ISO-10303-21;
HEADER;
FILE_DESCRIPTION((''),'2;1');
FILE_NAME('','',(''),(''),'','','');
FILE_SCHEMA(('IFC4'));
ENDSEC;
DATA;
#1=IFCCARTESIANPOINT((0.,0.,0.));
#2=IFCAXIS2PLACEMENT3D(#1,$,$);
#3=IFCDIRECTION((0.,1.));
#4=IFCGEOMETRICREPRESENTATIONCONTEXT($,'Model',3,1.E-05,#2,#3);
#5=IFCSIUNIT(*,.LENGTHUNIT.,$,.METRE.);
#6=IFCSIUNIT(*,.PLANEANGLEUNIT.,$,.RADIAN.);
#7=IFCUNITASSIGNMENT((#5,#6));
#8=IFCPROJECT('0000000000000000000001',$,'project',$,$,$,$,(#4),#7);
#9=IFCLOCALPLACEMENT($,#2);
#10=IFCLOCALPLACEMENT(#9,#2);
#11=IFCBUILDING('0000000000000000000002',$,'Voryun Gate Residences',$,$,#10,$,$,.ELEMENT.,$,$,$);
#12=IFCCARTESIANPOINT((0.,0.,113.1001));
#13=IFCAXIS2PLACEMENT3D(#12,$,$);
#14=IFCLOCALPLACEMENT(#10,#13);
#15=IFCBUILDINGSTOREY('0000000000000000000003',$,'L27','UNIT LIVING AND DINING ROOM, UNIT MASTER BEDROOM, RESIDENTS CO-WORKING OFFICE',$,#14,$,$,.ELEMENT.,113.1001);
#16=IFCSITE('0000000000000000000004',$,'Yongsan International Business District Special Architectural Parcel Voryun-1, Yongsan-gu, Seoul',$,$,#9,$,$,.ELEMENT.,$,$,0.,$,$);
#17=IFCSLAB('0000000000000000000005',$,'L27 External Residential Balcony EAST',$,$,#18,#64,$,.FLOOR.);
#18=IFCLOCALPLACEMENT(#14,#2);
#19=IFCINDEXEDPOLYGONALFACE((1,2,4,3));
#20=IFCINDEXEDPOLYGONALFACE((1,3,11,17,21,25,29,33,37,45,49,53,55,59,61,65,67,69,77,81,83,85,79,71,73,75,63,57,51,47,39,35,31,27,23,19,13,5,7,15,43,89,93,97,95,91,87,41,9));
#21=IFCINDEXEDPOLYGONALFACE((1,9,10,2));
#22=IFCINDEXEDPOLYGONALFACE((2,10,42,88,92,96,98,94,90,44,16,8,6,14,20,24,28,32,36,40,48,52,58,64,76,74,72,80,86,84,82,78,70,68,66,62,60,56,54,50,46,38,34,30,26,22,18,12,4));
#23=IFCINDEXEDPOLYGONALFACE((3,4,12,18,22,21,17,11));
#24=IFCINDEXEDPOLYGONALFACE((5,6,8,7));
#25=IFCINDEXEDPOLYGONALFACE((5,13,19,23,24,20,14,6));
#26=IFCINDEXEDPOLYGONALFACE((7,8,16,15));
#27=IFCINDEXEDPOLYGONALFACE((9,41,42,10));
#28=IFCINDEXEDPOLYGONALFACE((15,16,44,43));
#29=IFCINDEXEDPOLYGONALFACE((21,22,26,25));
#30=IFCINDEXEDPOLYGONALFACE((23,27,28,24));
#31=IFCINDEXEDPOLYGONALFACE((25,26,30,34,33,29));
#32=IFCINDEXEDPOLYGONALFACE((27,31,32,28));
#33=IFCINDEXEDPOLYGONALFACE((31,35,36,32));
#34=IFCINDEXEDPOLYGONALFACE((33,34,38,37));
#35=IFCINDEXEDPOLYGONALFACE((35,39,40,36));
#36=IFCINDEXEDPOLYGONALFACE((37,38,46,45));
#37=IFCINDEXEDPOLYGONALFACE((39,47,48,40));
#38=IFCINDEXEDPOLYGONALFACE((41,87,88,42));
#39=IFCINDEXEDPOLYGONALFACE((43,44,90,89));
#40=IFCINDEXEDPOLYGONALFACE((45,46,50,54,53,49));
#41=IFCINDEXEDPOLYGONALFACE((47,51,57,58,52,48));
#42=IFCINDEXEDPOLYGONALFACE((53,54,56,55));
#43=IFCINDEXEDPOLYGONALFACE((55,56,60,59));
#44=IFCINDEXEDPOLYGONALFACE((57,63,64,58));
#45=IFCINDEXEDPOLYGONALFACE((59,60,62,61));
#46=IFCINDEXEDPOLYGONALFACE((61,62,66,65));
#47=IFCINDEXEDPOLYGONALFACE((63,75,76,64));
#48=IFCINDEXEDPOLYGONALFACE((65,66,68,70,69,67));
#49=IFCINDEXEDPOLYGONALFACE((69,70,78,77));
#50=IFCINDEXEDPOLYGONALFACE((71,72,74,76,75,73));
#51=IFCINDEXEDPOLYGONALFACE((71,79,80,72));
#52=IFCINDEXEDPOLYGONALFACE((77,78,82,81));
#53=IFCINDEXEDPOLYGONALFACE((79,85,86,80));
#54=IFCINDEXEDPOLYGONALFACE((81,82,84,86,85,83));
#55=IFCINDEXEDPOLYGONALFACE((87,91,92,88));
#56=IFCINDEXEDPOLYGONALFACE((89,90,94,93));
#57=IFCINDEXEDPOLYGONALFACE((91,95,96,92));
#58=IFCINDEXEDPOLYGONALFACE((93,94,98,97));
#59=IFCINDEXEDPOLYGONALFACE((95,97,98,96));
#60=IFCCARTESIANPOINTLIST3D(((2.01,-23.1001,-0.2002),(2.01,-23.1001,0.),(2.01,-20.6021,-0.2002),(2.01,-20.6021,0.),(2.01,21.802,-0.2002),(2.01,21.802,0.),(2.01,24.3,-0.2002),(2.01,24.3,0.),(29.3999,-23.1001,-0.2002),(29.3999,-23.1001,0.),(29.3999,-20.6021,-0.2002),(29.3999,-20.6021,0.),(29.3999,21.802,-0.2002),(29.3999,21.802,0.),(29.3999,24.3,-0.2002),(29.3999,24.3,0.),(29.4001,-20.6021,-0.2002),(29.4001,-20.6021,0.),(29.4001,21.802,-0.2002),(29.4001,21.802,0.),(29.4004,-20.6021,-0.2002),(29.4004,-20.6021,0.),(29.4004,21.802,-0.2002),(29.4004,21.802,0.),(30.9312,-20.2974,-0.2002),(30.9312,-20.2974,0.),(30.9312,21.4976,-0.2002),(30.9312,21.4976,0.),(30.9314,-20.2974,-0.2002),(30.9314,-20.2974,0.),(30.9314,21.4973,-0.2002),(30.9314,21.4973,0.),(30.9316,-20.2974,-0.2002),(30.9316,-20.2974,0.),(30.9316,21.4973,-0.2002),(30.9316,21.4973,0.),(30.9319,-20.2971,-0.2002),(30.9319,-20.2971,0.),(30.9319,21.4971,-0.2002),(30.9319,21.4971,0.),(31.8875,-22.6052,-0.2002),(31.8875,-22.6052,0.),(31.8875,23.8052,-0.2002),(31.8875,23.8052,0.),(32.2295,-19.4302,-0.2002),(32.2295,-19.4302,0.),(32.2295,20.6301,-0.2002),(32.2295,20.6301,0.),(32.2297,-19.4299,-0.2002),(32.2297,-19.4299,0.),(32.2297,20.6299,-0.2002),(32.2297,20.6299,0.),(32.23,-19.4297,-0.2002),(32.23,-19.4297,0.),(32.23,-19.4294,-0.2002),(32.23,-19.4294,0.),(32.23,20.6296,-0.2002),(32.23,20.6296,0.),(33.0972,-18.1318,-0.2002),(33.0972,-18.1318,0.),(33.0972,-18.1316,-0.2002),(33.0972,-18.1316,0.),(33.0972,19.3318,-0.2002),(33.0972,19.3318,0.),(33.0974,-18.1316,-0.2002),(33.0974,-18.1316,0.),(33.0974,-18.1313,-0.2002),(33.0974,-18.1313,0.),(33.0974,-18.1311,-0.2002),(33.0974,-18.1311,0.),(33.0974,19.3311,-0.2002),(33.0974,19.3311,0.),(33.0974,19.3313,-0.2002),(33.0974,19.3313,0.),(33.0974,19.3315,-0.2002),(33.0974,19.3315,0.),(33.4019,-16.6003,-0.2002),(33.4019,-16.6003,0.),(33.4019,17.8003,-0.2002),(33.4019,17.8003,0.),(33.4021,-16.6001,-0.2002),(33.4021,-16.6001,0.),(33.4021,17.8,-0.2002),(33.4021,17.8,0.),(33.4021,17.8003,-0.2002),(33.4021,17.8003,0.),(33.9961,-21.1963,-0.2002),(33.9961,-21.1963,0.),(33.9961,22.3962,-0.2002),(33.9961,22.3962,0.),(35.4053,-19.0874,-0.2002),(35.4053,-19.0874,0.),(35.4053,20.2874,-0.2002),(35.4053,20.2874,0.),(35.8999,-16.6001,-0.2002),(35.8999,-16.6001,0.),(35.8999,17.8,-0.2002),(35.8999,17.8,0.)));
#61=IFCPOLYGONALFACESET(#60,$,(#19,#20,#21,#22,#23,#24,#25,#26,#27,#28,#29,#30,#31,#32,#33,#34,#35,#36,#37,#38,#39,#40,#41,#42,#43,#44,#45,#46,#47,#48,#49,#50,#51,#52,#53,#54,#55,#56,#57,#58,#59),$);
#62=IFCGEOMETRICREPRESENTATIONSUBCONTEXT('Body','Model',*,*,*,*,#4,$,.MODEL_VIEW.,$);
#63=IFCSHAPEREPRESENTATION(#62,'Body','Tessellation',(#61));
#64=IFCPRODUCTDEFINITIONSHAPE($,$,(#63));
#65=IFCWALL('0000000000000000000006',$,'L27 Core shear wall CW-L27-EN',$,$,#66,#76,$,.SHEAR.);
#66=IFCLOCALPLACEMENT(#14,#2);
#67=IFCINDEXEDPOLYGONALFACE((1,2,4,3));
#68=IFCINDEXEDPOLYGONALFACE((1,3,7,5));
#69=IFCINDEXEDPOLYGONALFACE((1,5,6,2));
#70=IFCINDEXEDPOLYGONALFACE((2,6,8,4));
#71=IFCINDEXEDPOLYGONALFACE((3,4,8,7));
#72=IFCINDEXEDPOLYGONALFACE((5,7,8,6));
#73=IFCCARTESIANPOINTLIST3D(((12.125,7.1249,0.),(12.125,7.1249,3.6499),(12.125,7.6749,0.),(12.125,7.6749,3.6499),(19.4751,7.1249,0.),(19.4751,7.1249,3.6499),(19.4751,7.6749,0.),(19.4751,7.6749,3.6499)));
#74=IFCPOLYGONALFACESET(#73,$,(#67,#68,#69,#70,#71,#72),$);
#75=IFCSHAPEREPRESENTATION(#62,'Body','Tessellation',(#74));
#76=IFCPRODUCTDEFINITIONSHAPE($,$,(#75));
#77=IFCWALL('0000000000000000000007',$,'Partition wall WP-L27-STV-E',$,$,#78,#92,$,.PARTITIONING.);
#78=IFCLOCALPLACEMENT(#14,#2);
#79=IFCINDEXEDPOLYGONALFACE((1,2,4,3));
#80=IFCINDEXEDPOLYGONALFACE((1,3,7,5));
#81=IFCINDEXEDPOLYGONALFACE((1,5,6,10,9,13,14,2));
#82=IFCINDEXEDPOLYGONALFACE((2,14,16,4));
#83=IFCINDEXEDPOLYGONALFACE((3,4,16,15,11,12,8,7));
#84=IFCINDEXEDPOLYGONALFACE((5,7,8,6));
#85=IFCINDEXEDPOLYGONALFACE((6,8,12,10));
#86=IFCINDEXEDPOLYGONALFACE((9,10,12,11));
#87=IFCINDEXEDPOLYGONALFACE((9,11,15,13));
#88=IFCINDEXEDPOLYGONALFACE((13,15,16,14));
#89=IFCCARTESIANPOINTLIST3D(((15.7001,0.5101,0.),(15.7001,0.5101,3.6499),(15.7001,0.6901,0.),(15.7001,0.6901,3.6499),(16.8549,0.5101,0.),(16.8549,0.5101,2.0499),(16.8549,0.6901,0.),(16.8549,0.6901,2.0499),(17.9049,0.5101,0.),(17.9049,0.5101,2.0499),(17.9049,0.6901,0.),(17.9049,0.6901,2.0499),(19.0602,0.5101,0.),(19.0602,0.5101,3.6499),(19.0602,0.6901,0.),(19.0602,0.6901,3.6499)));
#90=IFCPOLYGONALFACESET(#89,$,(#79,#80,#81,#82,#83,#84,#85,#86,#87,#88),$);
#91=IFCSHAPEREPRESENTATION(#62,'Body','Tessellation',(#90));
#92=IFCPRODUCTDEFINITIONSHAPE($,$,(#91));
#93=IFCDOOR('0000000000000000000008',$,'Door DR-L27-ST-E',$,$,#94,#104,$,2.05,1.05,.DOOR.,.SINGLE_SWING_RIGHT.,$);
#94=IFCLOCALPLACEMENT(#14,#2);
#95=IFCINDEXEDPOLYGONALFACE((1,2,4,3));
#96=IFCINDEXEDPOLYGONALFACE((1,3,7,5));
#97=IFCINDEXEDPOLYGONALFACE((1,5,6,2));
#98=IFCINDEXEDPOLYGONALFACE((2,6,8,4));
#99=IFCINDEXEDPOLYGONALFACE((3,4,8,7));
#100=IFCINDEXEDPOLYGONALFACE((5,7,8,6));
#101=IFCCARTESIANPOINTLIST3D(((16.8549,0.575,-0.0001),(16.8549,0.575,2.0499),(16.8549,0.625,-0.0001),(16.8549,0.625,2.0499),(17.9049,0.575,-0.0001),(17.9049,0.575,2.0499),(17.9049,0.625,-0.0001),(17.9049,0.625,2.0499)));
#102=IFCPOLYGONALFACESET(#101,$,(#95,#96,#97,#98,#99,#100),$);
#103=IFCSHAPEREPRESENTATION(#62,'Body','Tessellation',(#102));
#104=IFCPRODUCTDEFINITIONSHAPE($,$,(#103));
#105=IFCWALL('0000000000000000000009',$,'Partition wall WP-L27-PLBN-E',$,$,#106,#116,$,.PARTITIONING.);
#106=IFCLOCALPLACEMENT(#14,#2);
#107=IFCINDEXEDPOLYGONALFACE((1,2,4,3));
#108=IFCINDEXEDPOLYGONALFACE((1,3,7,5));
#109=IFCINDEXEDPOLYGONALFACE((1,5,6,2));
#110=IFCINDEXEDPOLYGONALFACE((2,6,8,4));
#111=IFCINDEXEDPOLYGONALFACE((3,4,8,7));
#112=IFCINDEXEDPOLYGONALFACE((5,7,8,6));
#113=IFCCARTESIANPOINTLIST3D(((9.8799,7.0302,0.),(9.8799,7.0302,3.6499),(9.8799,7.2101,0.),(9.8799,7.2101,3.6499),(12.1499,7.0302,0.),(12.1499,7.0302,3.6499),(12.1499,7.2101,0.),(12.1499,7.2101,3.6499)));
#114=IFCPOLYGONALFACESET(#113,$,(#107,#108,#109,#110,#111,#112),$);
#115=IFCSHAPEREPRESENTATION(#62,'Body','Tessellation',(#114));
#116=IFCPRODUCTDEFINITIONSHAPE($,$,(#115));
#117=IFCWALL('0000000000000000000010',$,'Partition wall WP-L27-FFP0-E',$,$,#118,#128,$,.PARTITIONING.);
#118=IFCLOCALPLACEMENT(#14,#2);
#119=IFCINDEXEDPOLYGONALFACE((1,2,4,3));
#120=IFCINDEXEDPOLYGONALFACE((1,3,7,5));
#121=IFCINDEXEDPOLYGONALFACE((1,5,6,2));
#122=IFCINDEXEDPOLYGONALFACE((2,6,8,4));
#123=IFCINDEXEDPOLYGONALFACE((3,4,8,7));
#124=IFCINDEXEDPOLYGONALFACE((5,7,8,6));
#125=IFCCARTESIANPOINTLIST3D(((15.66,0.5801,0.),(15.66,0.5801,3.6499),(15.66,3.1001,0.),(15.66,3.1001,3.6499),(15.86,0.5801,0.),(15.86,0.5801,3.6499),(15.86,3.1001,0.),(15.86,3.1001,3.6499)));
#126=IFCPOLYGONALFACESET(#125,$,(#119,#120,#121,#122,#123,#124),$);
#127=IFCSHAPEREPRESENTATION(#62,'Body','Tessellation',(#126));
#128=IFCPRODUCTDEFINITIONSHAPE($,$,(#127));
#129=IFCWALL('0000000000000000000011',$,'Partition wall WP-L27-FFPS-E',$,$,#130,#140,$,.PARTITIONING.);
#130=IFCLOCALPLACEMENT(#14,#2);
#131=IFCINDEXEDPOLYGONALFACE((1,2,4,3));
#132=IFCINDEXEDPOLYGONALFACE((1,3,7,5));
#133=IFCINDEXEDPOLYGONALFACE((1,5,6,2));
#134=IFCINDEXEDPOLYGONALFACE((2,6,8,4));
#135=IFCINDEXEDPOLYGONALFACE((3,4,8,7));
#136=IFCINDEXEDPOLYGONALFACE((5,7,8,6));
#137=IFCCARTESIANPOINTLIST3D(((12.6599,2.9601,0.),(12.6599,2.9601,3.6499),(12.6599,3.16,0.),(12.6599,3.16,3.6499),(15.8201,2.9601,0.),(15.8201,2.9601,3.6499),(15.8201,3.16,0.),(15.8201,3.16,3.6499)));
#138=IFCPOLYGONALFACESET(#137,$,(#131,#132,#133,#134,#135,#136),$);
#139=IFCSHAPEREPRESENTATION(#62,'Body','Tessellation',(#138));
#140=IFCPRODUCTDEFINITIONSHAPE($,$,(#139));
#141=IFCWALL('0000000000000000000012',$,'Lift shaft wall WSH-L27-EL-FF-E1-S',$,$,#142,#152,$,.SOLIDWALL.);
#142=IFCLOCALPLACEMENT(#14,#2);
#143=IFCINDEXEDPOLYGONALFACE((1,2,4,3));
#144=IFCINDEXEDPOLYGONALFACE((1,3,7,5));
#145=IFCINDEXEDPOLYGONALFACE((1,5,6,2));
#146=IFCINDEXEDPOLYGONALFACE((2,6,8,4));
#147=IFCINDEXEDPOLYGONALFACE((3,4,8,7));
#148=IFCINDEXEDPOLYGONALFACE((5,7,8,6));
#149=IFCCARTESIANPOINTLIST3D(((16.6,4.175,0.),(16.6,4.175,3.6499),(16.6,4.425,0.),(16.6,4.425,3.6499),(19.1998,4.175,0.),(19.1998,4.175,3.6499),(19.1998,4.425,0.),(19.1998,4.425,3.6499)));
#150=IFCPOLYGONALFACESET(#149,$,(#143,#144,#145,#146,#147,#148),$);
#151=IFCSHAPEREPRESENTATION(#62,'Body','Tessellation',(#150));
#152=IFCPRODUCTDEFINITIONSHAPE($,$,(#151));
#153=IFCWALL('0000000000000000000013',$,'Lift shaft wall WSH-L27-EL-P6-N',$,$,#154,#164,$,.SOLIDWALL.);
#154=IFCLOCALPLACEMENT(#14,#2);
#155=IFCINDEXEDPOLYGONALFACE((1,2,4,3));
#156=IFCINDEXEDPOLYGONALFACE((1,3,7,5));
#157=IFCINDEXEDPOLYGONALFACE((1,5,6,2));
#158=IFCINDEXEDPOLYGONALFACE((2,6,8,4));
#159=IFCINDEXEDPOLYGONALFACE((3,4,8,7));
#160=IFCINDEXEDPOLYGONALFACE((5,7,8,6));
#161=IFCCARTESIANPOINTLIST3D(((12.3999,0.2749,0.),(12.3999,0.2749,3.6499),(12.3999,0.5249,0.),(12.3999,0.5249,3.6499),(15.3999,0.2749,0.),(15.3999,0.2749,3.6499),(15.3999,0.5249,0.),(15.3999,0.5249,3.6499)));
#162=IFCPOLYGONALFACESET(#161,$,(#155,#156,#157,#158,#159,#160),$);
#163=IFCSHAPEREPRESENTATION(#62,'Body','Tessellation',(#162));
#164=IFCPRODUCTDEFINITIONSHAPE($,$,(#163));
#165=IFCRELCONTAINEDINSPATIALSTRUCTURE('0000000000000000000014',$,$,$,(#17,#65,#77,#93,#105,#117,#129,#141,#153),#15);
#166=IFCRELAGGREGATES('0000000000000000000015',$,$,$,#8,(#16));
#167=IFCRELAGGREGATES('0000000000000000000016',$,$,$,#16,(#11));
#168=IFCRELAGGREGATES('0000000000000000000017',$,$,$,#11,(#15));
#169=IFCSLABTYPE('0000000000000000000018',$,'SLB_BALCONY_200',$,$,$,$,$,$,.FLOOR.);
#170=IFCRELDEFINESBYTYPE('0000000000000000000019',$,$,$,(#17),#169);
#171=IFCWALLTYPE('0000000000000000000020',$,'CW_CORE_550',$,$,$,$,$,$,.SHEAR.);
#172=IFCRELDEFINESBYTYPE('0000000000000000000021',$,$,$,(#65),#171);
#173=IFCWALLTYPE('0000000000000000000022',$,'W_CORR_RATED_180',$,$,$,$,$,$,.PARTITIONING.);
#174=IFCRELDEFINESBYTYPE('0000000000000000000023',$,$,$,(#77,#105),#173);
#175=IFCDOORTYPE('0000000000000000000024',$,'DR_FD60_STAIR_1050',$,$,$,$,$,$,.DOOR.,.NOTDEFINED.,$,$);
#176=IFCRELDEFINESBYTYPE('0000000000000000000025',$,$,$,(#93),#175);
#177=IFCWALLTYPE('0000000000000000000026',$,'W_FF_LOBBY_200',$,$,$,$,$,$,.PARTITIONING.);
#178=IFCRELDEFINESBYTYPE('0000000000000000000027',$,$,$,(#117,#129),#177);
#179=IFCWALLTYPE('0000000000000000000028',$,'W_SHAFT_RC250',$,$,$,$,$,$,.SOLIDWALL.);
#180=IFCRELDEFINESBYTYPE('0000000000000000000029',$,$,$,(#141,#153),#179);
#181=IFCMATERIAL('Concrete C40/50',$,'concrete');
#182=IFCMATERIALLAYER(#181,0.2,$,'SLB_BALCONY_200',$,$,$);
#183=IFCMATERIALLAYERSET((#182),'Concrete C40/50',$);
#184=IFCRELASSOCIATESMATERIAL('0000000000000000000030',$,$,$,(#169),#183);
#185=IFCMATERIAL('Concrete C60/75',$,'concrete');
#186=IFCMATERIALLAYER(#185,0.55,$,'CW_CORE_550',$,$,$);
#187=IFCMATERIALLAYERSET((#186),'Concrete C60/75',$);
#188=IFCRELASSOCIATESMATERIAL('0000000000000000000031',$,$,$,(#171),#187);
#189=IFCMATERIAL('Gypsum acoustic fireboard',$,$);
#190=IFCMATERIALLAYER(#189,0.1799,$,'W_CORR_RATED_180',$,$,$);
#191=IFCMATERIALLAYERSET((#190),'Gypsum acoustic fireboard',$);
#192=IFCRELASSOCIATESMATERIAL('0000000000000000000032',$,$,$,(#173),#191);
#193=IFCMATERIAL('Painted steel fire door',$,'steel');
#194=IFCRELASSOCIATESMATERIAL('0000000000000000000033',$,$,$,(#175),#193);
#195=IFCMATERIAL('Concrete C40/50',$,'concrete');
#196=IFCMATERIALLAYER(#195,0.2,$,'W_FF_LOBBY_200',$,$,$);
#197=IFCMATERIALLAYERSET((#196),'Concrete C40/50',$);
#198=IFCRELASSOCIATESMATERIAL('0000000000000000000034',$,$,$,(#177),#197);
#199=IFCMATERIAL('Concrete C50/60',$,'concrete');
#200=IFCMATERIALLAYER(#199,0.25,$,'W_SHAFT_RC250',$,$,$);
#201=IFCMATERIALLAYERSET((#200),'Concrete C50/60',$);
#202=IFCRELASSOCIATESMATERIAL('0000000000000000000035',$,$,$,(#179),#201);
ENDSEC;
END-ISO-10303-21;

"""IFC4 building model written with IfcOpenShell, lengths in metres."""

from ifc_helpers import new_model, si_unit, direction, frame, frame_2d, origin, place, context, subcontext, project, spatial, polyline, rectangle, outline, extrude, material, layer, layer_set, type_object, element, fill, save


model = new_model("IFC4")

# Units and contexts
model_context = context("Model", 3, precision=1e-05, world=origin(), true_north=direction((0.0, 1.0)))
body_context = subcontext(model_context, "Body", "Model", "MODEL_VIEW")
ifc_project = project(units=[si_unit("LENGTHUNIT", "METRE"), si_unit("PLANEANGLEUNIT", "RADIAN")], contexts=[model_context])

# Site, building, storey
site_placement = place(None, origin())
site = spatial("IfcSite", under=ifc_project, at=site_placement, Name="Yongsan International Business District Special Architectural Parcel Voryun-1, Yongsan-gu, Seoul", CompositionType="ELEMENT", RefElevation=0.0)
building_placement = place(site_placement, origin())
building = spatial("IfcBuilding", under=site, at=building_placement, Name="Voryun Gate Residences", CompositionType="ELEMENT")
storey_placement = place(building_placement, frame((0.0, 0.0, 113.1001)))
storey = spatial("IfcBuildingStorey", under=building, at=storey_placement, Name="L27", Description="UNIT LIVING AND DINING ROOM, UNIT MASTER BEDROOM, RESIDENTS CO-WORKING OFFICE", CompositionType="ELEMENT", Elevation=113.1001)

# Slab
ifc_material_1 = material(Name="Concrete C40/50", Category="concrete")
ifc_layer_1 = layer(ifc_material_1, 0.2, Name="SLB_BALCONY_200")
ifc_layer_set_1 = layer_set([ifc_layer_1], Name="Concrete C40/50")
slab_type = type_object("IfcSlabType", Name="SLB_BALCONY_200", PredefinedType="FLOOR", material=ifc_layer_set_1)
slab_1_placement = place(storey_placement, frame((0.0, 0.0, -0.2002)))
element("IfcSlab", 1, at=slab_1_placement, inside=storey, type_object=slab_type, Name="L27 External Residential Balcony EAST", PredefinedType="FLOOR", context=body_context, shape_type="SweptSolid", body=[
    extrude(outline(polyline([(29.3999, 24.3), (31.8875, 23.8052), (33.9961, 22.3962), (35.4053, 20.2874), (35.8999, 17.8), (35.8999, -16.6001), (35.4053, -19.0874), (33.9961, -21.1963), (31.8875, -22.6052), (29.3999, -23.1001), (2.01, -23.1001), (2.01, -20.6021), (29.3999, -20.6021), (29.4001, -20.6021), (29.4004, -20.6021), (30.9312, -20.2974), (30.9314, -20.2974), (30.9314, -20.2974), (30.9316, -20.2974), (30.9319, -20.2971), (32.2295, -19.4302), (32.2297, -19.4299), (32.2297, -19.4299), (32.23, -19.4297), (32.23, -19.4294), (33.0972, -18.1318), (33.0972, -18.1316), (33.0974, -18.1316), (33.0974, -18.1313), (33.0974, -18.1311), (33.4019, -16.6003), (33.4021, -16.6001), (33.4021, -16.6001), (33.4021, 17.8), (33.4021, 17.8003), (33.4019, 17.8003), (33.0974, 19.3311), (33.0974, 19.3313), (33.0974, 19.3315), (33.0972, 19.3318), (33.0972, 19.3318), (32.23, 20.6296), (32.23, 20.6296), (32.2297, 20.6299), (32.2297, 20.6299), (32.2295, 20.6301), (30.9319, 21.4971), (30.9316, 21.4973), (30.9314, 21.4973), (30.9314, 21.4973), (30.9312, 21.4976), (29.4004, 21.802), (29.4001, 21.802), (29.3999, 21.802), (2.01, 21.802), (2.01, 24.3), (29.3999, 24.3)])), origin(), (0.0, 0.0, 1.0), 0.2002),
])

# Wall
ifc_material_2 = material(Name="Concrete C60/75", Category="concrete")
ifc_layer_2 = layer(ifc_material_2, 0.55, Name="CW_CORE_550")
ifc_layer_set_2 = layer_set([ifc_layer_2], Name="Concrete C60/75")
wall_type_1 = type_object("IfcWallType", Name="CW_CORE_550", PredefinedType="SHEAR", material=ifc_layer_set_2)
wall_1_placement = place(storey_placement, frame((12.125, 7.3999, 0.0), z_axis=(0.0, 0.0, 1.0), x_axis=(1.0, 0.0, 0.0)))
element("IfcWall", 2, at=wall_1_placement, inside=storey, type_object=wall_type_1, Name="L27 Core shear wall CW-L27-EN", PredefinedType="SHEAR", context=body_context, shape_type="SweptSolid", body=[
    extrude(rectangle(XDim=7.3501, YDim=0.55, at=frame_2d((3.675, 0.0))), origin(), (0.0, 0.0, 1.0), 3.6499),
])

# Wall, opening, door
ifc_material_3 = material(Name="Gypsum acoustic fireboard")
ifc_layer_3 = layer(ifc_material_3, 0.1799, Name="W_CORR_RATED_180")
ifc_layer_set_3 = layer_set([ifc_layer_3], Name="Gypsum acoustic fireboard")
wall_type_2 = type_object("IfcWallType", Name="W_CORR_RATED_180", PredefinedType="PARTITIONING", material=ifc_layer_set_3)
wall_2_placement = place(storey_placement, frame((15.7, 0.6001, 0.0), z_axis=(0.0, 0.0, 1.0), x_axis=(1.0, 0.0, 0.0)))
wall_2 = element("IfcWall", 3, at=wall_2_placement, inside=storey, type_object=wall_type_2, Name="Partition wall WP-L27-STV-E", PredefinedType="PARTITIONING", context=body_context, shape_type="SweptSolid", body=[
    extrude(rectangle(XDim=3.3601, YDim=0.1799, at=frame_2d((1.6802, 0.0))), origin(), (0.0, 0.0, 1.0), 3.6499),
])
opening_placement = place(wall_2_placement, frame((1.155, 0.0, 0.0)))
opening = element("IfcOpeningElement", 4, at=opening_placement, cuts=wall_2, PredefinedType="OPENING", context=body_context, shape_type="SweptSolid", body=[
    extrude(rectangle(XDim=1.05, YDim=2.05, at=frame_2d((0.5249, 1.0249))), frame((0.0, 0.0999, 0.0), z_axis=(0.0, -1.0, 0.0), x_axis=(1.0, 0.0, 0.0)), (0.0, 0.0, 1.0), 0.2),
])
ifc_material_4 = material(Name="Painted steel fire door", Category="steel")
door_type = type_object("IfcDoorType", Name="DR_FD60_STAIR_1050", OperationType="NOTDEFINED", PredefinedType="DOOR", material=ifc_material_4)
door_placement = place(opening_placement, origin())
door = element("IfcDoor", 5, at=door_placement, inside=storey, type_object=door_type, Name="Door DR-L27-ST-E", OperationType="SINGLE_SWING_RIGHT", OverallHeight=2.05, OverallWidth=1.05, PredefinedType="DOOR", context=body_context, shape_type="SweptSolid", body=[
    extrude(rectangle(XDim=1.05, YDim=2.05, at=frame_2d((0.5249, 1.0249))), frame((0.0, 0.0249, 0.0), z_axis=(0.0, -1.0, 0.0), x_axis=(1.0, 0.0, 0.0)), (0.0, 0.0, 1.0), 0.05),
])
fill(opening, door)

# Walls
wall_3_placement = place(storey_placement, frame((9.8799, 7.1201, 0.0), z_axis=(0.0, 0.0, 1.0), x_axis=(1.0, 0.0, 0.0)))
element("IfcWall", 6, at=wall_3_placement, inside=storey, type_object=wall_type_2, Name="Partition wall WP-L27-PLBN-E", PredefinedType="PARTITIONING", context=body_context, shape_type="SweptSolid", body=[
    extrude(rectangle(XDim=2.27, YDim=0.1799, at=frame_2d((1.135, 0.0))), origin(), (0.0, 0.0, 1.0), 3.6499),
])
ifc_material_5 = material(Name="Concrete C40/50", Category="concrete")
ifc_layer_4 = layer(ifc_material_5, 0.2, Name="W_FF_LOBBY_200")
ifc_layer_set_4 = layer_set([ifc_layer_4], Name="Concrete C40/50")
wall_type_3 = type_object("IfcWallType", Name="W_FF_LOBBY_200", PredefinedType="PARTITIONING", material=ifc_layer_set_4)
wall_4_placement = place(storey_placement, frame((15.76, 0.5801, 0.0), z_axis=(0.0, 0.0, 1.0), x_axis=(0.0, 1.0, 0.0)))
element("IfcWall", 7, at=wall_4_placement, inside=storey, type_object=wall_type_3, Name="Partition wall WP-L27-FFP0-E", PredefinedType="PARTITIONING", context=body_context, shape_type="SweptSolid", body=[
    extrude(rectangle(XDim=2.52, YDim=0.2, at=frame_2d((1.26, 0.0))), origin(), (0.0, 0.0, 1.0), 3.6499),
])
wall_5_placement = place(storey_placement, frame((12.6599, 3.0601, 0.0), z_axis=(0.0, 0.0, 1.0), x_axis=(1.0, 0.0, 0.0)))
element("IfcWall", 8, at=wall_5_placement, inside=storey, type_object=wall_type_3, Name="Partition wall WP-L27-FFPS-E", PredefinedType="PARTITIONING", context=body_context, shape_type="SweptSolid", body=[
    extrude(rectangle(XDim=3.1602, YDim=0.2, at=frame_2d((1.5801, 0.0))), origin(), (0.0, 0.0, 1.0), 3.6499),
])
ifc_material_6 = material(Name="Concrete C50/60", Category="concrete")
ifc_layer_5 = layer(ifc_material_6, 0.25, Name="W_SHAFT_RC250")
ifc_layer_set_5 = layer_set([ifc_layer_5], Name="Concrete C50/60")
wall_type_4 = type_object("IfcWallType", Name="W_SHAFT_RC250", PredefinedType="SOLIDWALL", material=ifc_layer_set_5)
wall_6_placement = place(storey_placement, frame((16.6001, 4.3, 0.0), z_axis=(0.0, 0.0, 1.0), x_axis=(1.0, 0.0, 0.0)))
element("IfcWall", 9, at=wall_6_placement, inside=storey, type_object=wall_type_4, Name="Lift shaft wall WSH-L27-EL-FF-E1-S", PredefinedType="SOLIDWALL", context=body_context, shape_type="SweptSolid", body=[
    extrude(rectangle(XDim=2.5999, YDim=0.25, at=frame_2d((1.2998, 0.0))), origin(), (0.0, 0.0, 1.0), 3.6499),
])
wall_7_placement = place(storey_placement, frame((15.3999, 0.3999, 0.0), z_axis=(0.0, 0.0, 1.0), x_axis=(-1.0, 0.0, 0.0)))
element("IfcWall", 10, at=wall_7_placement, inside=storey, type_object=wall_type_4, Name="Lift shaft wall WSH-L27-EL-P6-N", PredefinedType="SOLIDWALL", context=body_context, shape_type="SweptSolid", body=[
    extrude(rectangle(XDim=3.0, YDim=0.25, at=frame_2d((1.5, 0.0))), origin(), (0.0, 0.0, 1.0), 3.6499),
])

save(model, "model.ifc")
